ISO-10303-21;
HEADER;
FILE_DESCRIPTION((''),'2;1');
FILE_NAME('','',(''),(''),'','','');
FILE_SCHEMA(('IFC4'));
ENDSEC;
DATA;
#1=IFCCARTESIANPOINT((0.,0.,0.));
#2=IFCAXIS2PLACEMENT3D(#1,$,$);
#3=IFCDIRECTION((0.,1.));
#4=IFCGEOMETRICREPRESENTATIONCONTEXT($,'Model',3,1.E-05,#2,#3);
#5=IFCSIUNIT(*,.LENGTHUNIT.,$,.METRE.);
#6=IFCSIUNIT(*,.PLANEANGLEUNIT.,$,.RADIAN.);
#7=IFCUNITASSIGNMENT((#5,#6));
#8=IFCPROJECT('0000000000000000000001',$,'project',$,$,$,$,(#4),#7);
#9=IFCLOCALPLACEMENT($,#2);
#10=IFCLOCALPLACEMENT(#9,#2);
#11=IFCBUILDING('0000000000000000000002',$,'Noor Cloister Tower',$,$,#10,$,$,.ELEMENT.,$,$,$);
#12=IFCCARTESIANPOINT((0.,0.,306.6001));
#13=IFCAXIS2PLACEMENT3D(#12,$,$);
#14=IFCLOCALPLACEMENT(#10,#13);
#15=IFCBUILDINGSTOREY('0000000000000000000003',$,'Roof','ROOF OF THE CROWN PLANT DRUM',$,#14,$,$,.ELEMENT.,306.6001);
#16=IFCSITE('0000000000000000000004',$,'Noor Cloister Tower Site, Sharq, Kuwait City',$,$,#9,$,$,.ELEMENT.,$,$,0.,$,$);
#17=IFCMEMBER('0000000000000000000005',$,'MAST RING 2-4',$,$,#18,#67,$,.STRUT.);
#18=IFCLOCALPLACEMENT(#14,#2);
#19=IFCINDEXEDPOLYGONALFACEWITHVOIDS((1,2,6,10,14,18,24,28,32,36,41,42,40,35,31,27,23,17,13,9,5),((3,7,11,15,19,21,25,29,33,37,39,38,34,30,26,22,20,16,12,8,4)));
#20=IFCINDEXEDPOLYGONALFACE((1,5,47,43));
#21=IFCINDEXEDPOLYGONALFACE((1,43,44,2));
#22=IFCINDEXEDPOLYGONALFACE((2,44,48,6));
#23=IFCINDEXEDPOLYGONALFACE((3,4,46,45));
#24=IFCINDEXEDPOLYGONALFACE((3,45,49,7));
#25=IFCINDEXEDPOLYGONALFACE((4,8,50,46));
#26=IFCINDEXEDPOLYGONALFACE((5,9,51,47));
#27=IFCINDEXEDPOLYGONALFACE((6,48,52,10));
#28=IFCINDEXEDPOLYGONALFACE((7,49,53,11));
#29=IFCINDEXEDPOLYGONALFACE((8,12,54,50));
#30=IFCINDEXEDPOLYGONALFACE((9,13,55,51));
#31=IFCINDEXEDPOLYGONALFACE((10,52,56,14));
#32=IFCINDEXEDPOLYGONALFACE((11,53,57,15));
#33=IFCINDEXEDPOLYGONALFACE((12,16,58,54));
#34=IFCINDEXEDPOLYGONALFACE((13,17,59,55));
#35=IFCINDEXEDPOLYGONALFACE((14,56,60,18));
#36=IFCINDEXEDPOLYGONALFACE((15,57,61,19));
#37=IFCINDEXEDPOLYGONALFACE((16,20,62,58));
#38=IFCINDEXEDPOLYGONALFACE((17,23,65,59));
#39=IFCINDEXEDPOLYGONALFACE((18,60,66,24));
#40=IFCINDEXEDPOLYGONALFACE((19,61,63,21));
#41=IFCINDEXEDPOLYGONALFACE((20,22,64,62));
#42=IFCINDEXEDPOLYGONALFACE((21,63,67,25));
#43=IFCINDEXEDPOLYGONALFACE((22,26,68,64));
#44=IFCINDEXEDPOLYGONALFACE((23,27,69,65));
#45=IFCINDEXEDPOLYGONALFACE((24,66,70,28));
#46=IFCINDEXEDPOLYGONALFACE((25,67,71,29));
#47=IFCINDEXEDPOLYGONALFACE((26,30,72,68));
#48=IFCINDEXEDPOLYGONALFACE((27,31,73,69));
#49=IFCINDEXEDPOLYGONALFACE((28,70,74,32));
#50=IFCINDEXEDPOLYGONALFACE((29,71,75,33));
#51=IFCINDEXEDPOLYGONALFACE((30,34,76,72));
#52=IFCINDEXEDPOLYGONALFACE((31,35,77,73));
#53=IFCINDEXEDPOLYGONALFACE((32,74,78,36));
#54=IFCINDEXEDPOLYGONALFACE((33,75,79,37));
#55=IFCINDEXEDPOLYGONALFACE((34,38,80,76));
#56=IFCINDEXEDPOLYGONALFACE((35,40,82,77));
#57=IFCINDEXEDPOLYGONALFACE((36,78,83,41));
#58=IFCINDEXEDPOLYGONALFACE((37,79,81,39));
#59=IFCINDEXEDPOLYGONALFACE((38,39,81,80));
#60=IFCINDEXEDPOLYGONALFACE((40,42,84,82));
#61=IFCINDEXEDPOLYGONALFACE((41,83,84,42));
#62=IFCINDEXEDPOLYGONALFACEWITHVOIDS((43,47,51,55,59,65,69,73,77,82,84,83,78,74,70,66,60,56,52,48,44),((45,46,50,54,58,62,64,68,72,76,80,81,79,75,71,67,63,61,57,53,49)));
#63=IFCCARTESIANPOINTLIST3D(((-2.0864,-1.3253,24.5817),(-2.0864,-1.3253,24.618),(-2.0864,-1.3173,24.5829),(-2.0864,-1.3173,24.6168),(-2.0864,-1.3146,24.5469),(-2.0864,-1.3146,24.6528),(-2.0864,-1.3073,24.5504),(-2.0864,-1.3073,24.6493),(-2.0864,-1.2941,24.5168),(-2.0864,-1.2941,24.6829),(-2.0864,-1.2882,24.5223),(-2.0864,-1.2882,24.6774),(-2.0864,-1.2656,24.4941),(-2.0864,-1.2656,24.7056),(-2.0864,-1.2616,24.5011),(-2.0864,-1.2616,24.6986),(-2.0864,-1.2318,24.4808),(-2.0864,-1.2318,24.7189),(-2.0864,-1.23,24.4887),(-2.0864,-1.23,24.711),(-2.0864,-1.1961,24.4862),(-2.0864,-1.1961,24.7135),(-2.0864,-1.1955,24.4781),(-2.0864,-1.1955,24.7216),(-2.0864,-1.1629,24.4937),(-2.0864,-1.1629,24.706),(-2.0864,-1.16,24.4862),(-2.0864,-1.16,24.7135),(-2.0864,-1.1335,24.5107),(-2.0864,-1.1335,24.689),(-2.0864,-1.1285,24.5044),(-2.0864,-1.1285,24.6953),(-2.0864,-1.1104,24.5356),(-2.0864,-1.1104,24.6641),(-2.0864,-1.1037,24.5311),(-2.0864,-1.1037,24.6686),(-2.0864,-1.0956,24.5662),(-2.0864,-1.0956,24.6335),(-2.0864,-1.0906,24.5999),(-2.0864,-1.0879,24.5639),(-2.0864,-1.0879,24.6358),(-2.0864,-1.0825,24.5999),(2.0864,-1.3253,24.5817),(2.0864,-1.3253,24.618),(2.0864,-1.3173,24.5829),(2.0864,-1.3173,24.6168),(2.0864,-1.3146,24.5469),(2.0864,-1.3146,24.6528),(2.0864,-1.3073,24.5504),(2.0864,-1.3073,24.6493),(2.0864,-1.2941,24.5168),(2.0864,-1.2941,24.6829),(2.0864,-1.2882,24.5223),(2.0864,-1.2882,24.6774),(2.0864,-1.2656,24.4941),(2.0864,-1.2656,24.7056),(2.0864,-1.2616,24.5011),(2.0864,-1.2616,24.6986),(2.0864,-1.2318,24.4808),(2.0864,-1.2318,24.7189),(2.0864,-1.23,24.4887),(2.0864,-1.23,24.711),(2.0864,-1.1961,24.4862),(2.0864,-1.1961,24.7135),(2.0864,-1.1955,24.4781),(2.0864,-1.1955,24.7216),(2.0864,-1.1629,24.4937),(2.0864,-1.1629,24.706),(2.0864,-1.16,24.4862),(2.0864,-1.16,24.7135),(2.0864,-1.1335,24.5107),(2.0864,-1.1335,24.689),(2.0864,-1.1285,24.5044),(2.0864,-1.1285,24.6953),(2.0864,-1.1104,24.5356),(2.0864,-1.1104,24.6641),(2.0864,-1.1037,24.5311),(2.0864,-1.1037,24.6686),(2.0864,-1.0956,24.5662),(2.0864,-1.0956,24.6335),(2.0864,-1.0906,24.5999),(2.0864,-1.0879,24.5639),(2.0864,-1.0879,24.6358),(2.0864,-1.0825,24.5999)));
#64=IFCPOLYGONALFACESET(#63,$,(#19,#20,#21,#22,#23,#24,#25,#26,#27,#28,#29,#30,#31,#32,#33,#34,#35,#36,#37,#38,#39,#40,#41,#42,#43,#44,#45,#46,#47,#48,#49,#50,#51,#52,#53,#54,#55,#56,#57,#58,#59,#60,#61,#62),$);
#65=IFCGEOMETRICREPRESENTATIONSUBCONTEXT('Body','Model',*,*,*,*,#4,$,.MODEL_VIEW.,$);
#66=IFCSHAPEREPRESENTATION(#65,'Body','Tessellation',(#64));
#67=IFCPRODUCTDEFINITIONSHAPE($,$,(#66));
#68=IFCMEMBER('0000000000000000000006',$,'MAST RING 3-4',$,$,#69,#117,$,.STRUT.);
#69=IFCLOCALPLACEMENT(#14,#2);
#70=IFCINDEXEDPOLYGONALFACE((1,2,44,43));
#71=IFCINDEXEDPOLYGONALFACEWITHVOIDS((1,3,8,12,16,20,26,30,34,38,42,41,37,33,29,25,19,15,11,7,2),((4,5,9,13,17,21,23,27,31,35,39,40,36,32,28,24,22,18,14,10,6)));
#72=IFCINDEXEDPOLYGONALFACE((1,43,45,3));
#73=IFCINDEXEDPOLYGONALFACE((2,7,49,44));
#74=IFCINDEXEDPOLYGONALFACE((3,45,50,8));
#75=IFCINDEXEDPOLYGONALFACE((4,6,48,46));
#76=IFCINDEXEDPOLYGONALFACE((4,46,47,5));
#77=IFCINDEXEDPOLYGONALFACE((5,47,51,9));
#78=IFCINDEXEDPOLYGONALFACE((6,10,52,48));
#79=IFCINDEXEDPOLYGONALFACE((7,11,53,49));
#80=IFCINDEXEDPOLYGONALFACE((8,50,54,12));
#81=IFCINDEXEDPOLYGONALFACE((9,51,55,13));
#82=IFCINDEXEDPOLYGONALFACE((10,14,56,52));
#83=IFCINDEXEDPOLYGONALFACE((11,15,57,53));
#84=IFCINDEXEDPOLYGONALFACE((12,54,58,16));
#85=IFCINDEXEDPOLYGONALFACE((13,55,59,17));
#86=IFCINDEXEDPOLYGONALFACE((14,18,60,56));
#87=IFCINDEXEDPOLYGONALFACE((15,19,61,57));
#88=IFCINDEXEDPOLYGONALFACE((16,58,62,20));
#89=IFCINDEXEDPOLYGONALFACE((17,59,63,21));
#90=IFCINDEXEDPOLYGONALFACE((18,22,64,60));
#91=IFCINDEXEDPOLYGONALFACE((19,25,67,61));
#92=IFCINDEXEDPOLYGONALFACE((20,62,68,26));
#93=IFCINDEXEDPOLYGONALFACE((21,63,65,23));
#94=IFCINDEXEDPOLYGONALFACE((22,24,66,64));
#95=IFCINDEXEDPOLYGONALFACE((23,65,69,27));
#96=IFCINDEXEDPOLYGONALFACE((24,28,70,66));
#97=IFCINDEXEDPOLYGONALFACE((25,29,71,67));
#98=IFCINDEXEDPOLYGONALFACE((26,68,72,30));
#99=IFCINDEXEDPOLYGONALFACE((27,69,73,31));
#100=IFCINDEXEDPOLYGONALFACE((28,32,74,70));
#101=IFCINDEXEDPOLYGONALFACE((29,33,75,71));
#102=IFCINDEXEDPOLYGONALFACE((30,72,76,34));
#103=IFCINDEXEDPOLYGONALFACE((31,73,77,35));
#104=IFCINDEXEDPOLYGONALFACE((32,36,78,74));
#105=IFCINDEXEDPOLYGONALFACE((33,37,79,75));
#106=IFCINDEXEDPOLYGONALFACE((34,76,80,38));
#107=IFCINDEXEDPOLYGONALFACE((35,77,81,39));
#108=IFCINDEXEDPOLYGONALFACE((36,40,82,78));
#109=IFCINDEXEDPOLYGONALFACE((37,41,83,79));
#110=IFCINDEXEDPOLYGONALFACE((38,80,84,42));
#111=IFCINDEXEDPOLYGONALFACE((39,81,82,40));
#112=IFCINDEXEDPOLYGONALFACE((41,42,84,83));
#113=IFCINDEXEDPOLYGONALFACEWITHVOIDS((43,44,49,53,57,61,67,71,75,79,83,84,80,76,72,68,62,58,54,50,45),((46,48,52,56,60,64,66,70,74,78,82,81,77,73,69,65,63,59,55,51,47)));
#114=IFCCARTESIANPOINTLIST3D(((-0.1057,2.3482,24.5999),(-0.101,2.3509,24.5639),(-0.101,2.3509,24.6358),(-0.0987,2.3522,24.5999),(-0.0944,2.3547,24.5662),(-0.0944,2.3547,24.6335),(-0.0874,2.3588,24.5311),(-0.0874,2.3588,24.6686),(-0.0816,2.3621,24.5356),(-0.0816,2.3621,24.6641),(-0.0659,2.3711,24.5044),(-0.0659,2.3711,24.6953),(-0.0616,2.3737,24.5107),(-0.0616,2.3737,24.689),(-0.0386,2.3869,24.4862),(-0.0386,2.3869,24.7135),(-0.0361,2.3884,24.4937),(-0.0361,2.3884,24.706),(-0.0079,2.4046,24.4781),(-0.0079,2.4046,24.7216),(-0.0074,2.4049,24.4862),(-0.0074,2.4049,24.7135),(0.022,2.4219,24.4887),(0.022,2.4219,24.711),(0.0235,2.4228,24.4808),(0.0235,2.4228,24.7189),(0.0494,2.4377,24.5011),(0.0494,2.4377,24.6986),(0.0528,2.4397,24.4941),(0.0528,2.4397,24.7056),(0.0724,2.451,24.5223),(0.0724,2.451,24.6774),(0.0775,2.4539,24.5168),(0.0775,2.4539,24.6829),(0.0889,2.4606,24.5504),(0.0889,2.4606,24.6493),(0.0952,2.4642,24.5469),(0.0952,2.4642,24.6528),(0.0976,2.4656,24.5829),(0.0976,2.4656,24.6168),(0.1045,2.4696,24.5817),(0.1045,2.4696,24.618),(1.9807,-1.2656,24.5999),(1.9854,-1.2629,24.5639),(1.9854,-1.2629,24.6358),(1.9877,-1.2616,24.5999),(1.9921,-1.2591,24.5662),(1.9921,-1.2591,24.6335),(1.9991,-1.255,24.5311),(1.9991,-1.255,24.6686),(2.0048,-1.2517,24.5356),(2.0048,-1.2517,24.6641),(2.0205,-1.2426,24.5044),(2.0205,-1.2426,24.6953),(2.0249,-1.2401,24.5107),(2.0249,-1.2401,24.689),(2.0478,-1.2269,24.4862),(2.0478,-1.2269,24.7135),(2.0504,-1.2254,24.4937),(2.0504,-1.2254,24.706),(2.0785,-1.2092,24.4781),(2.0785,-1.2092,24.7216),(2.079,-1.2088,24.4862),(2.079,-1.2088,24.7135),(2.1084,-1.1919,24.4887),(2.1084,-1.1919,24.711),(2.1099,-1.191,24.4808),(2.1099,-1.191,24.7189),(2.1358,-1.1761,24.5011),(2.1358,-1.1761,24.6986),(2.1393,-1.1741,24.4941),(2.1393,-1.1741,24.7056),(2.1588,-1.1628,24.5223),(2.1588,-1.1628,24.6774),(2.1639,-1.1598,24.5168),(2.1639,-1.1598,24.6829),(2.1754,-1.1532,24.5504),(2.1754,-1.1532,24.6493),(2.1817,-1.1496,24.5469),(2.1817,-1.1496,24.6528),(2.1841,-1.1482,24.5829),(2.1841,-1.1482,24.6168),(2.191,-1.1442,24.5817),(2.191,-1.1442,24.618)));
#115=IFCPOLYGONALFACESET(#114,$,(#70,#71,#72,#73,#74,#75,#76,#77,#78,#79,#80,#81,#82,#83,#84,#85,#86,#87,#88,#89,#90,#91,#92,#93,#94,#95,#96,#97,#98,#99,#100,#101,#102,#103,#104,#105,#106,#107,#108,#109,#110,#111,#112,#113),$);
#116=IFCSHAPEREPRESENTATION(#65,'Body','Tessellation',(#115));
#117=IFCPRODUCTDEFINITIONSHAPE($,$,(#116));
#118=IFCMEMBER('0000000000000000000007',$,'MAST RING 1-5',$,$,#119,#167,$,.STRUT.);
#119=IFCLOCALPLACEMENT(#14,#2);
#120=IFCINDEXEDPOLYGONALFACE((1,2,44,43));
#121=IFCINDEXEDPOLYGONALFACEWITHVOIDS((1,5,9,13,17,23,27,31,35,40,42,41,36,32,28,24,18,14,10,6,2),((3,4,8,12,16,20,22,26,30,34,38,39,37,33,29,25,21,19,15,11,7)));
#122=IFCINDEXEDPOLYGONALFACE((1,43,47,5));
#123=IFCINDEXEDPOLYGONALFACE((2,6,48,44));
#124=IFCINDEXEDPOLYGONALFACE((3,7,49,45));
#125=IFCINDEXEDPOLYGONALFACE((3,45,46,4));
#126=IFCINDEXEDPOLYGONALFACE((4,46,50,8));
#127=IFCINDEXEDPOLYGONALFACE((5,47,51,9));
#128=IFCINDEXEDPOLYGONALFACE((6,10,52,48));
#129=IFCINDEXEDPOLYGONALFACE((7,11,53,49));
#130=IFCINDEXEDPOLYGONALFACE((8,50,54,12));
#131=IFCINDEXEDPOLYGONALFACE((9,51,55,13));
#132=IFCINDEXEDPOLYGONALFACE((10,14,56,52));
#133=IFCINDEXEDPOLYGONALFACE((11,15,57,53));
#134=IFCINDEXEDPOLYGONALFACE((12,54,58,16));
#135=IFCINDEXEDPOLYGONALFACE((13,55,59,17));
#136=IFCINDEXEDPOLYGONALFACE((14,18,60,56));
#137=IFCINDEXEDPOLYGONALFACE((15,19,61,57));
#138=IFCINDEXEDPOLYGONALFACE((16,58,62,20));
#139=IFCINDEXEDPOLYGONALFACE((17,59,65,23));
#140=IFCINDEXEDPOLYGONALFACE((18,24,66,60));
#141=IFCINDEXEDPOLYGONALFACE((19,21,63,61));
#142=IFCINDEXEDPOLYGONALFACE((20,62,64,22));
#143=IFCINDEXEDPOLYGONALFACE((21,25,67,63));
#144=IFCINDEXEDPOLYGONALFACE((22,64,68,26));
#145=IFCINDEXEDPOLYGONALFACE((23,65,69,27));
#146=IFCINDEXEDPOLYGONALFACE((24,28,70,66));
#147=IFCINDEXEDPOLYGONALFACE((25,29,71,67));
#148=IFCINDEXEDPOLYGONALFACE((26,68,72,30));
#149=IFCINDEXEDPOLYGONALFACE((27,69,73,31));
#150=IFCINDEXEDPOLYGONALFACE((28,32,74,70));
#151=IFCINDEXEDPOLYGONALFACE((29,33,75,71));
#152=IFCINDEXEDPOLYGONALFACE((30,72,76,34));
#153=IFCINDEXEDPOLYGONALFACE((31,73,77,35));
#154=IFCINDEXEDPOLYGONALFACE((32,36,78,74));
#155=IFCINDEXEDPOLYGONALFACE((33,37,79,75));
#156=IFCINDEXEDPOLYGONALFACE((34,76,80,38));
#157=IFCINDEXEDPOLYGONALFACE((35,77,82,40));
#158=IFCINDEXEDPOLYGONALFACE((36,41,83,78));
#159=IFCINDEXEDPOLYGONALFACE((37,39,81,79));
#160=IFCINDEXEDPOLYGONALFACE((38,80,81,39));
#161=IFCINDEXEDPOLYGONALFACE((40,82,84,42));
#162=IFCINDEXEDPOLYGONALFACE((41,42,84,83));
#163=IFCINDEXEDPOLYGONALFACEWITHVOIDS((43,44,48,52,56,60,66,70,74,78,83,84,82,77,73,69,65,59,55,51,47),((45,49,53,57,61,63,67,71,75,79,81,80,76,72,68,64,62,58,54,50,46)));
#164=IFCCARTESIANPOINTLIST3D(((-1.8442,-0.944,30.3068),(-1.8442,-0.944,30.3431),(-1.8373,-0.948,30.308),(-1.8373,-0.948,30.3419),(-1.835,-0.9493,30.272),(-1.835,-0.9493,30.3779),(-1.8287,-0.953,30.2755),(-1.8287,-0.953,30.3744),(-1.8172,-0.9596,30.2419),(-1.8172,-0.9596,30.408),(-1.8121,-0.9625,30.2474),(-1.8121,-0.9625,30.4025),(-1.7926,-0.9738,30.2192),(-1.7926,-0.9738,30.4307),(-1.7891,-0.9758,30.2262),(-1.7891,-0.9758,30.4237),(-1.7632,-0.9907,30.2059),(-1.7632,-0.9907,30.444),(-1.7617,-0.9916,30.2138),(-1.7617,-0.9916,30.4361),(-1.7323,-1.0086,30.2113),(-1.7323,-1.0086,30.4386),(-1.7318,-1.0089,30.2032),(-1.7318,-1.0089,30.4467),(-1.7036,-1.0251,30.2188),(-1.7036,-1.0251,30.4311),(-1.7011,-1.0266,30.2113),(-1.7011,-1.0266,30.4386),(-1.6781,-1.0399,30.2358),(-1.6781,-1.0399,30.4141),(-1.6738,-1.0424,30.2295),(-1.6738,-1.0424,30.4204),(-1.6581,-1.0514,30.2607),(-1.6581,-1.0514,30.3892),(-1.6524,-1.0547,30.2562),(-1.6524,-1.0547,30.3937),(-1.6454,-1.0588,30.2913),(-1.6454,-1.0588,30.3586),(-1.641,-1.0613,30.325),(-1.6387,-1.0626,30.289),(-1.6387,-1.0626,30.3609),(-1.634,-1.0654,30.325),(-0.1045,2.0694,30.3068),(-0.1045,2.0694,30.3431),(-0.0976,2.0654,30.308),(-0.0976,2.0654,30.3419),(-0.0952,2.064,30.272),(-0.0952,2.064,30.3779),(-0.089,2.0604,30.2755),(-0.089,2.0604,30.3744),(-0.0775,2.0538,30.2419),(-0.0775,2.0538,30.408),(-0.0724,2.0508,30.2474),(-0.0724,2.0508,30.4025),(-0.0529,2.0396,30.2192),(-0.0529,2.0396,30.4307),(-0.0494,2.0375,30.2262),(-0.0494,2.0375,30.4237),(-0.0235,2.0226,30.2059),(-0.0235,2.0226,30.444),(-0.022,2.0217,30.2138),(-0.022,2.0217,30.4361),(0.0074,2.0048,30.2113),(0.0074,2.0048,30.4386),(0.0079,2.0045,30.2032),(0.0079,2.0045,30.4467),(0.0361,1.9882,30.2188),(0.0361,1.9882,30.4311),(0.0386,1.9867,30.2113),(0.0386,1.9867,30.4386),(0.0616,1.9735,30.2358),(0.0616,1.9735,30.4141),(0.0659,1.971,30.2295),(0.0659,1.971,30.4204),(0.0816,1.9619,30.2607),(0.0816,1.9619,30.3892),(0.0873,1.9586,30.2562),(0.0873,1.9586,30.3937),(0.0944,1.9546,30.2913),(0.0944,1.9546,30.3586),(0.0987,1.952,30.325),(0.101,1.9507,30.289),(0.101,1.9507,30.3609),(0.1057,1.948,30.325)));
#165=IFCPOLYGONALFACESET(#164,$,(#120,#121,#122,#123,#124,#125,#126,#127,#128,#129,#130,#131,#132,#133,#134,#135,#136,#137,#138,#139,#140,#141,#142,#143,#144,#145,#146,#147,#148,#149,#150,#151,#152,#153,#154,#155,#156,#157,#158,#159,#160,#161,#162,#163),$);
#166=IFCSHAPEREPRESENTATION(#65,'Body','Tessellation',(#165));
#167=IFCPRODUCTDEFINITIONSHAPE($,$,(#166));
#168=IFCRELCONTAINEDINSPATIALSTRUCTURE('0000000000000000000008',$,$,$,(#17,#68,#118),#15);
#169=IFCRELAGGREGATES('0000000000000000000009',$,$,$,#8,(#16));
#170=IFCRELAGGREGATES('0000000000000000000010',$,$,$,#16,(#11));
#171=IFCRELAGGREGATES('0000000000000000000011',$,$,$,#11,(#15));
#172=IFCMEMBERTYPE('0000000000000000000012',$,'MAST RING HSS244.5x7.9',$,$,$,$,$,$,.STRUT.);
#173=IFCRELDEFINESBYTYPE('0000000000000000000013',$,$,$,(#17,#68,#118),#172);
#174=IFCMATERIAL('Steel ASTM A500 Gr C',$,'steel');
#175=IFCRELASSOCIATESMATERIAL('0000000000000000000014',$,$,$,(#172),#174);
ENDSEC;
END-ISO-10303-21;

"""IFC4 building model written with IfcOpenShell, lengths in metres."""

from ifc_helpers import new_model, si_unit, direction, frame, origin, origin_2d, place, context, subcontext, project, spatial, hollow_circle, extrude, material, material_profile, profile_set, type_object, element, save


model = new_model("IFC4")

# Units and contexts
model_context = context("Model", 3, precision=1e-05, world=origin(), true_north=direction((0.0, 1.0)))
body_context = subcontext(model_context, "Body", "Model", "MODEL_VIEW")
ifc_project = project(units=[si_unit("LENGTHUNIT", "METRE"), si_unit("PLANEANGLEUNIT", "RADIAN")], contexts=[model_context])

# Site, building, storey
site_placement = place(None, origin())
site = spatial("IfcSite", under=ifc_project, at=site_placement, Name="Noor Cloister Tower Site, Sharq, Kuwait City", CompositionType="ELEMENT", RefElevation=0.0)
building_placement = place(site_placement, origin())
building = spatial("IfcBuilding", under=site, at=building_placement, Name="Noor Cloister Tower", CompositionType="ELEMENT")
storey_placement = place(building_placement, frame((0.0, 0.0, 306.6001)))
storey = spatial("IfcBuildingStorey", under=building, at=storey_placement, Name="Roof", Description="ROOF OF THE CROWN PLANT DRUM", CompositionType="ELEMENT", Elevation=306.6001)

# Members
ifc_material_1 = material(Name="Steel ASTM A500 Gr C", Category="steel")
ifc_material_profile_1 = material_profile(ifc_material_1, hollow_circle(Radius=0.1221, WallThickness=0.0081, at=origin_2d()), Name="HSS244.5x7.9")
ifc_profile_set_1 = profile_set([ifc_material_profile_1], Name="Steel ASTM A500 Gr C")
member_type_1 = type_object("IfcMemberType", Name="MAST RING HSS244.5x7.9", PredefinedType="STRUT", material=ifc_profile_set_1)
for number, where, z_axis, x_axis, name in (
    (1, (-2.0864, -1.2046, 24.5999), (1.0, 0.0, 0.0), (0.0, 1.0, 0.0), "MAST RING 2-4"),
    (2, (2.0864, -1.2046, 24.5999), (-0.500003, 0.866024, 0.0), (-0.866024, -0.500003, 0.0), "MAST RING 3-4"),
):
    element("IfcMember", number, at=place(storey_placement, frame(where, z_axis=z_axis, x_axis=x_axis)), inside=storey, type_object=member_type_1, Name=name, PredefinedType="STRUT", context=body_context, shape_type="SweptSolid", body=[
        extrude(hollow_circle(Radius=0.1221, WallThickness=0.0081, at=origin_2d()), origin(), (0.0, 0.0, 1.0), 4.1729),
    ])
for number, where, z_axis, x_axis, name in (
    (3, (0.0, 2.009, 30.325), (-0.499988, -0.866033, 0.0), (0.866033, -0.499988, 0.0), "MAST RING 1-5"),
):
    element("IfcMember", number, at=place(storey_placement, frame(where, z_axis=z_axis, x_axis=x_axis)), inside=storey, type_object=member_type_1, Name=name, PredefinedType="STRUT", context=body_context, shape_type="SweptSolid", body=[
        extrude(hollow_circle(Radius=0.1221, WallThickness=0.0081, at=origin_2d()), origin(), (0.0, 0.0, 1.0), 3.4795),
    ])

save(model, "model.ifc")
